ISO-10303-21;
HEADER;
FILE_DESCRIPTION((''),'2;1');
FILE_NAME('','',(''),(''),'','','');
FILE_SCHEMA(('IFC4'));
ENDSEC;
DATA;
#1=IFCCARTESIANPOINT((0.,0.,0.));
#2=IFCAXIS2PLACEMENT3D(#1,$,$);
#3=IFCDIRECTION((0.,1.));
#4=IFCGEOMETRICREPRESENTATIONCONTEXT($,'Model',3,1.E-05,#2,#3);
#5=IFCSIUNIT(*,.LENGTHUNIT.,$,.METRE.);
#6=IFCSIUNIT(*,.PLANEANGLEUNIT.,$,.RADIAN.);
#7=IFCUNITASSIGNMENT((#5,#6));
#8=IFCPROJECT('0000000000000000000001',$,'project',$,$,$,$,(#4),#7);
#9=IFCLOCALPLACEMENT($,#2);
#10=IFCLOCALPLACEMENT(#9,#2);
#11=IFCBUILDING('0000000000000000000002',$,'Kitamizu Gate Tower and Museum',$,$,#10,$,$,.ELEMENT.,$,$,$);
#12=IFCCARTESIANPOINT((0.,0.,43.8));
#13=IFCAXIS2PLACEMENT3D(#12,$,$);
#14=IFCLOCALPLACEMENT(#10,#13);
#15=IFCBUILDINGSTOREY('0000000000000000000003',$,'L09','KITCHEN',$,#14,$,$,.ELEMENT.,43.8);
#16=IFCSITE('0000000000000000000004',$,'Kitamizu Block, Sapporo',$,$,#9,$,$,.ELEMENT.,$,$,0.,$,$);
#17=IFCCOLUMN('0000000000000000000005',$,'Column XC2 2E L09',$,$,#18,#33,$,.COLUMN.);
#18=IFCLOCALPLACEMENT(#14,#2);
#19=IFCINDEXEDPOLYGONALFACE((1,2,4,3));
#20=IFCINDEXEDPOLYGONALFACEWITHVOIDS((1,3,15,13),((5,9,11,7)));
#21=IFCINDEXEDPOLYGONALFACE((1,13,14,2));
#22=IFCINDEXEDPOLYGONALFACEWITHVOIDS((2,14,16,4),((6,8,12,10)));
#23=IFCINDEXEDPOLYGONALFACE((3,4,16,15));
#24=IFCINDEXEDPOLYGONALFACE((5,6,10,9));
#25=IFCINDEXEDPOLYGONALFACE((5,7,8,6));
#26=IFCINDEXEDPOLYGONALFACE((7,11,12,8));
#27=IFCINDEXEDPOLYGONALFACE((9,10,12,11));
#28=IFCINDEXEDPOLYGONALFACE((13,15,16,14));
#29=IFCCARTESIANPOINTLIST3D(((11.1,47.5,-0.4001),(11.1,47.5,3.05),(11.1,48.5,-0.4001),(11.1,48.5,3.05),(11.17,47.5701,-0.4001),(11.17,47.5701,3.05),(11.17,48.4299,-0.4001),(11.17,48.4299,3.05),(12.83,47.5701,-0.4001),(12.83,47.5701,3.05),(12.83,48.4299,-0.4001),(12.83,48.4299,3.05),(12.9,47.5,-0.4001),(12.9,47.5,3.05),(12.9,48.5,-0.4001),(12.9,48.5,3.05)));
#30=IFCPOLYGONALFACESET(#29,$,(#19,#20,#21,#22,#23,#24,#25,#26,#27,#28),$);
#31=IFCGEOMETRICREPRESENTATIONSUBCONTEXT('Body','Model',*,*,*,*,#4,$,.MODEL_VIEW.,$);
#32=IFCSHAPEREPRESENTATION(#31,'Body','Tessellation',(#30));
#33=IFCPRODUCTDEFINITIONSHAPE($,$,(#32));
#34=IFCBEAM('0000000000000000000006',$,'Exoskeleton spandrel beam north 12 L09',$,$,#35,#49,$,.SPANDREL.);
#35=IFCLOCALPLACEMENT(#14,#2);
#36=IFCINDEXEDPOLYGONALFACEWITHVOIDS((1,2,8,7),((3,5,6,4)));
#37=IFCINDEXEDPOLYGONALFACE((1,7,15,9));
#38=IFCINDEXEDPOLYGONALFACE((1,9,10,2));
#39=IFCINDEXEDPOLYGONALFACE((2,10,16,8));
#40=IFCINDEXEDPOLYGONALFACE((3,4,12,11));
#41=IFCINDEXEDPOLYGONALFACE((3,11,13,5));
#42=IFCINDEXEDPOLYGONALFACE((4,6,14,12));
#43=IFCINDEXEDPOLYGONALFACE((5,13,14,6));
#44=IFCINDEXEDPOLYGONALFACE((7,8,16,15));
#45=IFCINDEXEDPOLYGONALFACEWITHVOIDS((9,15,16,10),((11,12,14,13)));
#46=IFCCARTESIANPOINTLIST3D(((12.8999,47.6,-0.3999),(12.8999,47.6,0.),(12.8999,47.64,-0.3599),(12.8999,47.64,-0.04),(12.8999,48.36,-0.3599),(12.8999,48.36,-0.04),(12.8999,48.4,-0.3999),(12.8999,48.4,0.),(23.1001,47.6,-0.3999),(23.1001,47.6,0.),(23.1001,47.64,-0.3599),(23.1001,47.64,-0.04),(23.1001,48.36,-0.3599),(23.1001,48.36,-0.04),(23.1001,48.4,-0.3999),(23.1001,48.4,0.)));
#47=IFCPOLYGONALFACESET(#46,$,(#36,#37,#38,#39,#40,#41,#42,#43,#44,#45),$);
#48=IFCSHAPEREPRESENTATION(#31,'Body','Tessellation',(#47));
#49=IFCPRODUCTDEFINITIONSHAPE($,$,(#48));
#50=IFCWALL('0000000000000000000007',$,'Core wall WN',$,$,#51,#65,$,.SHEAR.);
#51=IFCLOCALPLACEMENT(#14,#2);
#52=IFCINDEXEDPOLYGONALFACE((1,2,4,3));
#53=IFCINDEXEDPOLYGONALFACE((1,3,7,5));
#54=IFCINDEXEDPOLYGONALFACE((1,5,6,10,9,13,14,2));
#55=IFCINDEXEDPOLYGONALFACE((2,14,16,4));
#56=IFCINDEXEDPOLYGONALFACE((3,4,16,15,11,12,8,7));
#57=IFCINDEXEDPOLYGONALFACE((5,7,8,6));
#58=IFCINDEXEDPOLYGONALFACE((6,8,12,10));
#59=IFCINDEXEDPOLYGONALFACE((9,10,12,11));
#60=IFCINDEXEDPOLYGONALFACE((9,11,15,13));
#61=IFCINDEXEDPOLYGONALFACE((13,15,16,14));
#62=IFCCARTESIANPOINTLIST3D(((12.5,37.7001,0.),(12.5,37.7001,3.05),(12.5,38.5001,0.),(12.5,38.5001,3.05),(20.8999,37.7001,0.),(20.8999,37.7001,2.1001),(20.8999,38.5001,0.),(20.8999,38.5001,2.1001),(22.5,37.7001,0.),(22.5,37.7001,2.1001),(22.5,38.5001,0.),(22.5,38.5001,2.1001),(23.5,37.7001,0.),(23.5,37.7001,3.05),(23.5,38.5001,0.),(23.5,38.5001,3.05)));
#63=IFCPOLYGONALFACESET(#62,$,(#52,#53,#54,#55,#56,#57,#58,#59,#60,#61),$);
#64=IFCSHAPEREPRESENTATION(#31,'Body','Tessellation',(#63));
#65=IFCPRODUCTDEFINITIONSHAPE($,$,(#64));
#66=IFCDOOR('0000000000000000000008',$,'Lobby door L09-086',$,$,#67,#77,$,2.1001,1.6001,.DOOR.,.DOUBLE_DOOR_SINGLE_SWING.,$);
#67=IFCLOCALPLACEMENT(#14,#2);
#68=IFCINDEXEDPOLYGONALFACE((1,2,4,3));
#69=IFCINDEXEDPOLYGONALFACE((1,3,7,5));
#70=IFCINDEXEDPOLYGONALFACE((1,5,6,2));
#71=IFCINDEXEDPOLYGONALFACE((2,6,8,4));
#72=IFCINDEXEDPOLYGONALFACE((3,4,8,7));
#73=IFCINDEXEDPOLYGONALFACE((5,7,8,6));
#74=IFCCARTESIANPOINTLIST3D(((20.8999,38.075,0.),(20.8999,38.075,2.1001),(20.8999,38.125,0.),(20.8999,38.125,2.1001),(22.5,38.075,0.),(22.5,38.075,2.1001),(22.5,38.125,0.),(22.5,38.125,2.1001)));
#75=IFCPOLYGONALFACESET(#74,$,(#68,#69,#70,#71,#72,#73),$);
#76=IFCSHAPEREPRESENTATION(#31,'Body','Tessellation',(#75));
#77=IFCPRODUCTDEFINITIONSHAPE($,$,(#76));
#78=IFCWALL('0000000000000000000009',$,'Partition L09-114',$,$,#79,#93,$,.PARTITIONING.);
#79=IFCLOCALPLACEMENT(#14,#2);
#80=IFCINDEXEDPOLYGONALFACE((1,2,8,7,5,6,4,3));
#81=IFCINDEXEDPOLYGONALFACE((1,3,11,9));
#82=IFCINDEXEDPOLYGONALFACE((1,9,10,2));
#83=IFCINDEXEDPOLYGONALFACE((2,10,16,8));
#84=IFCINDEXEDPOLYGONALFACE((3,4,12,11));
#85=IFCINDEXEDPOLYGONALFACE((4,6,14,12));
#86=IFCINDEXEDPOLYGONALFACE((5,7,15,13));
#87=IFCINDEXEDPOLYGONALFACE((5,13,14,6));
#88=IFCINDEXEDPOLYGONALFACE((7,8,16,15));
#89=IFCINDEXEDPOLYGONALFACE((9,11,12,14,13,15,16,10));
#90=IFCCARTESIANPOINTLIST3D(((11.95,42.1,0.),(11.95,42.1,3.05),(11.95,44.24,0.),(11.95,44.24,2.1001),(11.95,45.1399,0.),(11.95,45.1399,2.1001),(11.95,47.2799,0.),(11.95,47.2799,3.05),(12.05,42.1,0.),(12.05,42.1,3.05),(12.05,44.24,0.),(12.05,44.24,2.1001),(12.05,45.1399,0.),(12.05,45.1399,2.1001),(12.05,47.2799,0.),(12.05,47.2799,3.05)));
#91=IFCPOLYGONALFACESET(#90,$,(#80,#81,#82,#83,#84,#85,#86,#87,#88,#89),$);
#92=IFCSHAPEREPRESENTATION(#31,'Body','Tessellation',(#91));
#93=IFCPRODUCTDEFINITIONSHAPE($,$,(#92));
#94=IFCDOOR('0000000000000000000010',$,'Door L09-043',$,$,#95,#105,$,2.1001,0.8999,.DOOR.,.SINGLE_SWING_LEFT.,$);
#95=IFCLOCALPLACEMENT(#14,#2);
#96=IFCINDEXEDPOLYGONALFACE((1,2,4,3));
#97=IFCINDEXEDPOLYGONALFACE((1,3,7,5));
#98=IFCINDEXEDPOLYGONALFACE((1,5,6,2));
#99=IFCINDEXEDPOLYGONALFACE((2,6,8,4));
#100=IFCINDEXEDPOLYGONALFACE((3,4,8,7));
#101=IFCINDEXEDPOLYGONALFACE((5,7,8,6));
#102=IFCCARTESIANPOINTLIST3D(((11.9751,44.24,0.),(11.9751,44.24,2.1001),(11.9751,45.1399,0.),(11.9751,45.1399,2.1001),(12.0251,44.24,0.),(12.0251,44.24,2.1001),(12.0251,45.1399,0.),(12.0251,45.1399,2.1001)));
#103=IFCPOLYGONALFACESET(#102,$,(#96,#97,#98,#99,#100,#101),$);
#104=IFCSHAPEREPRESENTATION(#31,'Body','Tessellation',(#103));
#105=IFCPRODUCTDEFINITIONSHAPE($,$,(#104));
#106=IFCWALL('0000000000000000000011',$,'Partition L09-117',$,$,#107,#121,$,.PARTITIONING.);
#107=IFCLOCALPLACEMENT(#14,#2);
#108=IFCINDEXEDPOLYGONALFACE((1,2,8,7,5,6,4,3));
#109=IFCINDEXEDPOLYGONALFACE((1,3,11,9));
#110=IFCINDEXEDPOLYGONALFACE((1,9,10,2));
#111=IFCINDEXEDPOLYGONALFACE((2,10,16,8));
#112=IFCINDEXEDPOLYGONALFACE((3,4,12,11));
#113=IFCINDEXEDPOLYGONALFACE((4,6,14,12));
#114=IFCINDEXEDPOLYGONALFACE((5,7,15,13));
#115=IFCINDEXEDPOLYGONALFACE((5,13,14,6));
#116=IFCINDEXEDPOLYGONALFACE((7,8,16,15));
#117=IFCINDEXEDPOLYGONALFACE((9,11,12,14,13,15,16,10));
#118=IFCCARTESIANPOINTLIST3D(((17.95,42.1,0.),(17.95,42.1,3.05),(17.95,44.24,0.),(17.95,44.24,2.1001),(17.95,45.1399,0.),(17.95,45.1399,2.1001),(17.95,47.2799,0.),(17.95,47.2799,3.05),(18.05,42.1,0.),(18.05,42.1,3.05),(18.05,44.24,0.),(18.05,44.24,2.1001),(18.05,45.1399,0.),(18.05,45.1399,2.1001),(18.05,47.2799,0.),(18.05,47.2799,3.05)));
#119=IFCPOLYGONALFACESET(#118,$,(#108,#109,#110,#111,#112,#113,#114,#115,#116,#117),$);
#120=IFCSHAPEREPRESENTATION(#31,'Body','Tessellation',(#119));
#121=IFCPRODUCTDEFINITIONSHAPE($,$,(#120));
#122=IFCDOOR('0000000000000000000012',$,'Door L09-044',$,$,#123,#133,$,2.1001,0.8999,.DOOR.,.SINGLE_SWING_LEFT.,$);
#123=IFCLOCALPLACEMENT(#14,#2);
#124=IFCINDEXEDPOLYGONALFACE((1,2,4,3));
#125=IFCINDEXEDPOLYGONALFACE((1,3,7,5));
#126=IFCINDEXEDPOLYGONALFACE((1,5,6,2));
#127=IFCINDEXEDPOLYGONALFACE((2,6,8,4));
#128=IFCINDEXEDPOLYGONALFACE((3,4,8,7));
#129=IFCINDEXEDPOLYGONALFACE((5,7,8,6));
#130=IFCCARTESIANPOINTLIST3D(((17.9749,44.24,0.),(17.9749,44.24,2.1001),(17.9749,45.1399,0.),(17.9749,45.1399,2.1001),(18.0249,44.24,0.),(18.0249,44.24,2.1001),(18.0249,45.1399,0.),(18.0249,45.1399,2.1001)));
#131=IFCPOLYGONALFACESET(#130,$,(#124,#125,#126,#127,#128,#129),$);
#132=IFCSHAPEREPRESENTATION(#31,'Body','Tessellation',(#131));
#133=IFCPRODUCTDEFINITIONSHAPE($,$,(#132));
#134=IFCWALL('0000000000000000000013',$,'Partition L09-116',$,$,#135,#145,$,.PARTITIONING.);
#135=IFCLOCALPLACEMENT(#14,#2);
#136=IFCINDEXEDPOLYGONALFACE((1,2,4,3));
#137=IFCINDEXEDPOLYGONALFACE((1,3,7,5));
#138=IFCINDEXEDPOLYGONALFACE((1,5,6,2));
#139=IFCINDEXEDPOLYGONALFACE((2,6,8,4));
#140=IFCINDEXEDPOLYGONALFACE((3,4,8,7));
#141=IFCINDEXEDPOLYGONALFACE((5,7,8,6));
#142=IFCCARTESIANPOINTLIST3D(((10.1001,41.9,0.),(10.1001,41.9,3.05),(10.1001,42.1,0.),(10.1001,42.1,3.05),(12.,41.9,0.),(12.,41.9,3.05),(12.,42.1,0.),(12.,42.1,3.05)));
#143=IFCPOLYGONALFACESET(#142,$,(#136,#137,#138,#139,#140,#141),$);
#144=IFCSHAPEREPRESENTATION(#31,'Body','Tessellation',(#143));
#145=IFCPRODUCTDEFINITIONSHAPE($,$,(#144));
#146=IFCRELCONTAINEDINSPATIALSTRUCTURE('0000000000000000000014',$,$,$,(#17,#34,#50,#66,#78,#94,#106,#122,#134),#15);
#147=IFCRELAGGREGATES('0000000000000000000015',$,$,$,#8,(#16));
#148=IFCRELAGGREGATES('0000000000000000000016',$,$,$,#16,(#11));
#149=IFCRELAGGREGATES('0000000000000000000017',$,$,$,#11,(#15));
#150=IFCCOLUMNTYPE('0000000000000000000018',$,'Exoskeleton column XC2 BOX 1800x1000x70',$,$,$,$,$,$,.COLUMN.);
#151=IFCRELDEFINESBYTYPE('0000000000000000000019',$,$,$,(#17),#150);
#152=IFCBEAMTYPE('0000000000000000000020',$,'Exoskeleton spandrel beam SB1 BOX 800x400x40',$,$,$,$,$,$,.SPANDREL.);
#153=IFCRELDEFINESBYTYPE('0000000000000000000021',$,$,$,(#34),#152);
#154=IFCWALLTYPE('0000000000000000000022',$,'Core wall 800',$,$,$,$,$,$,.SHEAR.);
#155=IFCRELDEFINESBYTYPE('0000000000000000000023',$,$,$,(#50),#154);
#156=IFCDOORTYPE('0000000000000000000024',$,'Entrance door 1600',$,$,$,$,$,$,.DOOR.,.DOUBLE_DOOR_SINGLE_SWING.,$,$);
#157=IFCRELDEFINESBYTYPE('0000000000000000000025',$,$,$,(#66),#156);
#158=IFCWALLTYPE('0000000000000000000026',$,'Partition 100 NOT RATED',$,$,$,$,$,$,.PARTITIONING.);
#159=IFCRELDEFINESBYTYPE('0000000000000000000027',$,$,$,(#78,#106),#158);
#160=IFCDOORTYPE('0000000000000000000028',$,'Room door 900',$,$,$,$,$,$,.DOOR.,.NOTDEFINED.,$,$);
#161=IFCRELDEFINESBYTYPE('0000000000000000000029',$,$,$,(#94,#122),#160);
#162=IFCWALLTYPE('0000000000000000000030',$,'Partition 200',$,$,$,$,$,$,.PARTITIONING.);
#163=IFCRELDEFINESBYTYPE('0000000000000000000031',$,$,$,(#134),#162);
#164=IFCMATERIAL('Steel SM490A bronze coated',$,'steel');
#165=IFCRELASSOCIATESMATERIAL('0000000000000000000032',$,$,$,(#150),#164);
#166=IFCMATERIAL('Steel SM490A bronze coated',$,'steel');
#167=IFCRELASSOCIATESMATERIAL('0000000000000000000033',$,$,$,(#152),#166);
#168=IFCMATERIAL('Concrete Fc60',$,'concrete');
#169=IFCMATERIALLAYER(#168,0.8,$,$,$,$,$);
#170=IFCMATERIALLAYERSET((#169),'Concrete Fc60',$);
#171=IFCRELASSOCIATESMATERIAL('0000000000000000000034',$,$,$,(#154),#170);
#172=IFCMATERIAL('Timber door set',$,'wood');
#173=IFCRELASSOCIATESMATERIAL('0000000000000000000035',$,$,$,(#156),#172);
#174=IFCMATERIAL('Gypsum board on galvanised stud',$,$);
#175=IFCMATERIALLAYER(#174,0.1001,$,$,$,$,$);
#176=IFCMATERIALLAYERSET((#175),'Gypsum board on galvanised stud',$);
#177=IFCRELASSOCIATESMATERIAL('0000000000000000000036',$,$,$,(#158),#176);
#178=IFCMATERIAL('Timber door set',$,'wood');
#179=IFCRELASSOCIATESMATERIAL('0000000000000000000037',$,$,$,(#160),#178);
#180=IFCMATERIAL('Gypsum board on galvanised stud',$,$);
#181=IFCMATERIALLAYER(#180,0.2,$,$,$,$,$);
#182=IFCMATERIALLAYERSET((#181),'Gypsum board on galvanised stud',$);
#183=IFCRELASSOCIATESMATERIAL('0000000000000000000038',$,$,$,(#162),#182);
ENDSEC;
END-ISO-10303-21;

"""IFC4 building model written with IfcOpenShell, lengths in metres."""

from ifc_helpers import new_model, si_unit, direction, frame, frame_2d, origin, origin_2d, place, context, subcontext, project, spatial, rectangle, hollow_rectangle, extrude, material, layer, layer_set, material_profile, profile_set, type_object, element, fill, save


model = new_model("IFC4")

# Units and contexts
model_context = context("Model", 3, precision=1e-05, world=origin(), true_north=direction((0.0, 1.0)))
body_context = subcontext(model_context, "Body", "Model", "MODEL_VIEW")
ifc_project = project(units=[si_unit("LENGTHUNIT", "METRE"), si_unit("PLANEANGLEUNIT", "RADIAN")], contexts=[model_context])

# Site, building, storey
site_placement = place(None, origin())
site = spatial("IfcSite", under=ifc_project, at=site_placement, Name="Kitamizu Block, Sapporo", CompositionType="ELEMENT", RefElevation=0.0)
building_placement = place(site_placement, origin())
building = spatial("IfcBuilding", under=site, at=building_placement, Name="Kitamizu Gate Tower and Museum", CompositionType="ELEMENT")
storey_placement = place(building_placement, frame((0.0, 0.0, 43.8)))
storey = spatial("IfcBuildingStorey", under=building, at=storey_placement, Name="L09", Description="KITCHEN", CompositionType="ELEMENT", Elevation=43.8)

# Column
ifc_material_1 = material(Name="Steel SM490A bronze coated", Category="steel")
ifc_material_profile_1 = material_profile(ifc_material_1, hollow_rectangle(XDim=1.8, YDim=1.0, WallThickness=0.0701, at=origin_2d()), Name="BOX 1800x1000x70")
ifc_profile_set_1 = profile_set([ifc_material_profile_1], Name="Steel SM490A bronze coated")
column_type = type_object("IfcColumnType", Name="Exoskeleton column XC2 BOX 1800x1000x70", PredefinedType="COLUMN", material=ifc_profile_set_1)
column_placement = place(storey_placement, frame((12.0, 48.0, -0.4001), z_axis=(0.0, 0.0, 1.0), x_axis=(1.0, 0.0, 0.0)))
element("IfcColumn", 1, at=column_placement, inside=storey, type_object=column_type, Name="Column XC2 2E L09", PredefinedType="COLUMN", context=body_context, shape_type="SweptSolid", body=[
    extrude(hollow_rectangle(XDim=1.8, YDim=1.0, WallThickness=0.0701, at=origin_2d()), origin(), (0.0, 0.0, 1.0), 3.4502),
])

# Beam
ifc_material_2 = material(Name="Steel SM490A bronze coated", Category="steel")
ifc_material_profile_2 = material_profile(ifc_material_2, hollow_rectangle(XDim=0.8, YDim=0.3999, WallThickness=0.04, at=origin_2d()), Name="BOX 800x400x40")
ifc_profile_set_2 = profile_set([ifc_material_profile_2], Name="Steel SM490A bronze coated")
beam_type = type_object("IfcBeamType", Name="Exoskeleton spandrel beam SB1 BOX 800x400x40", PredefinedType="SPANDREL", material=ifc_profile_set_2)
beam_placement = place(storey_placement, frame((12.8999, 48.0, -0.2), z_axis=(1.0, 0.0, 0.0), x_axis=(0.0, 1.0, 0.0)))
element("IfcBeam", 2, at=beam_placement, inside=storey, type_object=beam_type, Name="Exoskeleton spandrel beam north 12 L09", PredefinedType="SPANDREL", context=body_context, shape_type="SweptSolid", body=[
    extrude(hollow_rectangle(XDim=0.8, YDim=0.3999, WallThickness=0.04, at=origin_2d()), origin(), (0.0, 0.0, 1.0), 10.2002),
])

# Walls, openings, doors
ifc_material_3 = material(Name="Concrete Fc60", Category="concrete")
ifc_layer_1 = layer(ifc_material_3, 0.8)
ifc_layer_set_1 = layer_set([ifc_layer_1], Name="Concrete Fc60")
wall_type_1 = type_object("IfcWallType", Name="Core wall 800", PredefinedType="SHEAR", material=ifc_layer_set_1)
wall_1_placement = place(storey_placement, frame((12.5, 38.1001, 0.0), z_axis=(0.0, 0.0, 1.0), x_axis=(1.0, 0.0, 0.0)))
wall_1 = element("IfcWall", 3, at=wall_1_placement, inside=storey, type_object=wall_type_1, Name="Core wall WN", PredefinedType="SHEAR", context=body_context, shape_type="SweptSolid", body=[
    extrude(rectangle(XDim=11.0, YDim=0.8, at=frame_2d((5.5, 0.0))), origin(), (0.0, 0.0, 1.0), 3.05),
])
opening_1_placement = place(wall_1_placement, frame((8.3999, 0.0, 0.0)))
opening_1 = element("IfcOpeningElement", 4, at=opening_1_placement, cuts=wall_1, PredefinedType="OPENING", context=body_context, shape_type="SweptSolid", body=[
    extrude(rectangle(XDim=1.6001, YDim=2.1001, at=frame_2d((0.8, 1.05))), frame((0.0, 0.4102, 0.0), z_axis=(0.0, -1.0, 0.0), x_axis=(1.0, 0.0, 0.0)), (0.0, 0.0, 1.0), 0.8201),
])
ifc_material_4 = material(Name="Timber door set", Category="wood")
door_type_1 = type_object("IfcDoorType", Name="Entrance door 1600", OperationType="DOUBLE_DOOR_SINGLE_SWING", PredefinedType="DOOR", material=ifc_material_4)
door_1_placement = place(opening_1_placement, origin())
door_1 = element("IfcDoor", 5, at=door_1_placement, inside=storey, type_object=door_type_1, Name="Lobby door L09-086", OperationType="DOUBLE_DOOR_SINGLE_SWING", OverallHeight=2.1001, OverallWidth=1.6001, PredefinedType="DOOR", context=body_context, shape_type="SweptSolid", body=[
    extrude(rectangle(XDim=1.6001, YDim=2.1001, at=frame_2d((0.8, 1.05))), frame((0.0, 0.0249, 0.0), z_axis=(0.0, -1.0, 0.0), x_axis=(1.0, 0.0, 0.0)), (0.0, 0.0, 1.0), 0.05),
])
fill(opening_1, door_1)
ifc_material_5 = material(Name="Gypsum board on galvanised stud")
ifc_layer_2 = layer(ifc_material_5, 0.1001)
ifc_layer_set_2 = layer_set([ifc_layer_2], Name="Gypsum board on galvanised stud")
wall_type_2 = type_object("IfcWallType", Name="Partition 100 NOT RATED", PredefinedType="PARTITIONING", material=ifc_layer_set_2)
wall_2_placement = place(storey_placement, frame((12.0, 42.1001, 0.0), z_axis=(0.0, 0.0, 1.0), x_axis=(0.0, 1.0, 0.0)))
wall_2 = element("IfcWall", 6, at=wall_2_placement, inside=storey, type_object=wall_type_2, Name="Partition L09-114", PredefinedType="PARTITIONING", context=body_context, shape_type="SweptSolid", body=[
    extrude(rectangle(XDim=5.1799, YDim=0.1001, at=frame_2d((2.5898, 0.0))), origin(), (0.0, 0.0, 1.0), 3.05),
])
opening_2_placement = place(wall_2_placement, frame((2.1399, 0.0, 0.0)))
opening_2 = element("IfcOpeningElement", 7, at=opening_2_placement, cuts=wall_2, PredefinedType="OPENING", context=body_context, shape_type="SweptSolid", body=[
    extrude(rectangle(XDim=0.8999, YDim=2.1001, at=frame_2d((0.45, 1.05))), frame((0.0, 0.0601, 0.0), z_axis=(0.0, -1.0, 0.0), x_axis=(1.0, 0.0, 0.0)), (0.0, 0.0, 1.0), 0.1201),
])
ifc_material_6 = material(Name="Timber door set", Category="wood")
door_type_2 = type_object("IfcDoorType", Name="Room door 900", OperationType="NOTDEFINED", PredefinedType="DOOR", material=ifc_material_6)
door_2_placement = place(opening_2_placement, origin())
door_2 = element("IfcDoor", 8, at=door_2_placement, inside=storey, type_object=door_type_2, Name="Door L09-043", OperationType="SINGLE_SWING_LEFT", OverallHeight=2.1001, OverallWidth=0.8999, PredefinedType="DOOR", context=body_context, shape_type="SweptSolid", body=[
    extrude(rectangle(XDim=0.8999, YDim=2.1001, at=frame_2d((0.45, 1.05))), frame((0.0, 0.0249, 0.0), z_axis=(0.0, -1.0, 0.0), x_axis=(1.0, 0.0, 0.0)), (0.0, 0.0, 1.0), 0.05),
])
fill(opening_2, door_2)
wall_3_placement = place(storey_placement, frame((18.0, 42.1001, 0.0), z_axis=(0.0, 0.0, 1.0), x_axis=(0.0, 1.0, 0.0)))
wall_3 = element("IfcWall", 9, at=wall_3_placement, inside=storey, type_object=wall_type_2, Name="Partition L09-117", PredefinedType="PARTITIONING", context=body_context, shape_type="SweptSolid", body=[
    extrude(rectangle(XDim=5.1799, YDim=0.1001, at=frame_2d((2.5898, 0.0))), origin(), (0.0, 0.0, 1.0), 3.05),
])
opening_3_placement = place(wall_3_placement, frame((2.1399, 0.0, 0.0)))
opening_3 = element("IfcOpeningElement", 10, at=opening_3_placement, cuts=wall_3, PredefinedType="OPENING", context=body_context, shape_type="SweptSolid", body=[
    extrude(rectangle(XDim=0.8999, YDim=2.1001, at=frame_2d((0.45, 1.05))), frame((0.0, 0.0601, 0.0), z_axis=(0.0, -1.0, 0.0), x_axis=(1.0, 0.0, 0.0)), (0.0, 0.0, 1.0), 0.1201),
])
door_3_placement = place(opening_3_placement, frame((0.8999, 0.0, 0.0), x_axis=(-1.0, 0.0, 0.0)))
door_3 = element("IfcDoor", 11, at=door_3_placement, inside=storey, type_object=door_type_2, Name="Door L09-044", OperationType="SINGLE_SWING_LEFT", OverallHeight=2.1001, OverallWidth=0.8999, PredefinedType="DOOR", context=body_context, shape_type="SweptSolid", body=[
    extrude(rectangle(XDim=0.8999, YDim=2.1001, at=frame_2d((0.45, 1.05))), frame((0.0, 0.0249, 0.0), z_axis=(0.0, -1.0, 0.0), x_axis=(1.0, 0.0, 0.0)), (0.0, 0.0, 1.0), 0.05),
])
fill(opening_3, door_3)

# Wall
ifc_material_7 = material(Name="Gypsum board on galvanised stud")
ifc_layer_3 = layer(ifc_material_7, 0.2)
ifc_layer_set_3 = layer_set([ifc_layer_3], Name="Gypsum board on galvanised stud")
wall_type_3 = type_object("IfcWallType", Name="Partition 200", PredefinedType="PARTITIONING", material=ifc_layer_set_3)
wall_4_placement = place(storey_placement, frame((10.1001, 42.0, 0.0), z_axis=(0.0, 0.0, 1.0), x_axis=(1.0, 0.0, 0.0)))
element("IfcWall", 12, at=wall_4_placement, inside=storey, type_object=wall_type_3, Name="Partition L09-116", PredefinedType="PARTITIONING", context=body_context, shape_type="SweptSolid", body=[
    extrude(rectangle(XDim=1.8999, YDim=0.2, at=frame_2d((0.95, 0.0))), origin(), (0.0, 0.0, 1.0), 3.05),
])

save(model, "model.ifc")
